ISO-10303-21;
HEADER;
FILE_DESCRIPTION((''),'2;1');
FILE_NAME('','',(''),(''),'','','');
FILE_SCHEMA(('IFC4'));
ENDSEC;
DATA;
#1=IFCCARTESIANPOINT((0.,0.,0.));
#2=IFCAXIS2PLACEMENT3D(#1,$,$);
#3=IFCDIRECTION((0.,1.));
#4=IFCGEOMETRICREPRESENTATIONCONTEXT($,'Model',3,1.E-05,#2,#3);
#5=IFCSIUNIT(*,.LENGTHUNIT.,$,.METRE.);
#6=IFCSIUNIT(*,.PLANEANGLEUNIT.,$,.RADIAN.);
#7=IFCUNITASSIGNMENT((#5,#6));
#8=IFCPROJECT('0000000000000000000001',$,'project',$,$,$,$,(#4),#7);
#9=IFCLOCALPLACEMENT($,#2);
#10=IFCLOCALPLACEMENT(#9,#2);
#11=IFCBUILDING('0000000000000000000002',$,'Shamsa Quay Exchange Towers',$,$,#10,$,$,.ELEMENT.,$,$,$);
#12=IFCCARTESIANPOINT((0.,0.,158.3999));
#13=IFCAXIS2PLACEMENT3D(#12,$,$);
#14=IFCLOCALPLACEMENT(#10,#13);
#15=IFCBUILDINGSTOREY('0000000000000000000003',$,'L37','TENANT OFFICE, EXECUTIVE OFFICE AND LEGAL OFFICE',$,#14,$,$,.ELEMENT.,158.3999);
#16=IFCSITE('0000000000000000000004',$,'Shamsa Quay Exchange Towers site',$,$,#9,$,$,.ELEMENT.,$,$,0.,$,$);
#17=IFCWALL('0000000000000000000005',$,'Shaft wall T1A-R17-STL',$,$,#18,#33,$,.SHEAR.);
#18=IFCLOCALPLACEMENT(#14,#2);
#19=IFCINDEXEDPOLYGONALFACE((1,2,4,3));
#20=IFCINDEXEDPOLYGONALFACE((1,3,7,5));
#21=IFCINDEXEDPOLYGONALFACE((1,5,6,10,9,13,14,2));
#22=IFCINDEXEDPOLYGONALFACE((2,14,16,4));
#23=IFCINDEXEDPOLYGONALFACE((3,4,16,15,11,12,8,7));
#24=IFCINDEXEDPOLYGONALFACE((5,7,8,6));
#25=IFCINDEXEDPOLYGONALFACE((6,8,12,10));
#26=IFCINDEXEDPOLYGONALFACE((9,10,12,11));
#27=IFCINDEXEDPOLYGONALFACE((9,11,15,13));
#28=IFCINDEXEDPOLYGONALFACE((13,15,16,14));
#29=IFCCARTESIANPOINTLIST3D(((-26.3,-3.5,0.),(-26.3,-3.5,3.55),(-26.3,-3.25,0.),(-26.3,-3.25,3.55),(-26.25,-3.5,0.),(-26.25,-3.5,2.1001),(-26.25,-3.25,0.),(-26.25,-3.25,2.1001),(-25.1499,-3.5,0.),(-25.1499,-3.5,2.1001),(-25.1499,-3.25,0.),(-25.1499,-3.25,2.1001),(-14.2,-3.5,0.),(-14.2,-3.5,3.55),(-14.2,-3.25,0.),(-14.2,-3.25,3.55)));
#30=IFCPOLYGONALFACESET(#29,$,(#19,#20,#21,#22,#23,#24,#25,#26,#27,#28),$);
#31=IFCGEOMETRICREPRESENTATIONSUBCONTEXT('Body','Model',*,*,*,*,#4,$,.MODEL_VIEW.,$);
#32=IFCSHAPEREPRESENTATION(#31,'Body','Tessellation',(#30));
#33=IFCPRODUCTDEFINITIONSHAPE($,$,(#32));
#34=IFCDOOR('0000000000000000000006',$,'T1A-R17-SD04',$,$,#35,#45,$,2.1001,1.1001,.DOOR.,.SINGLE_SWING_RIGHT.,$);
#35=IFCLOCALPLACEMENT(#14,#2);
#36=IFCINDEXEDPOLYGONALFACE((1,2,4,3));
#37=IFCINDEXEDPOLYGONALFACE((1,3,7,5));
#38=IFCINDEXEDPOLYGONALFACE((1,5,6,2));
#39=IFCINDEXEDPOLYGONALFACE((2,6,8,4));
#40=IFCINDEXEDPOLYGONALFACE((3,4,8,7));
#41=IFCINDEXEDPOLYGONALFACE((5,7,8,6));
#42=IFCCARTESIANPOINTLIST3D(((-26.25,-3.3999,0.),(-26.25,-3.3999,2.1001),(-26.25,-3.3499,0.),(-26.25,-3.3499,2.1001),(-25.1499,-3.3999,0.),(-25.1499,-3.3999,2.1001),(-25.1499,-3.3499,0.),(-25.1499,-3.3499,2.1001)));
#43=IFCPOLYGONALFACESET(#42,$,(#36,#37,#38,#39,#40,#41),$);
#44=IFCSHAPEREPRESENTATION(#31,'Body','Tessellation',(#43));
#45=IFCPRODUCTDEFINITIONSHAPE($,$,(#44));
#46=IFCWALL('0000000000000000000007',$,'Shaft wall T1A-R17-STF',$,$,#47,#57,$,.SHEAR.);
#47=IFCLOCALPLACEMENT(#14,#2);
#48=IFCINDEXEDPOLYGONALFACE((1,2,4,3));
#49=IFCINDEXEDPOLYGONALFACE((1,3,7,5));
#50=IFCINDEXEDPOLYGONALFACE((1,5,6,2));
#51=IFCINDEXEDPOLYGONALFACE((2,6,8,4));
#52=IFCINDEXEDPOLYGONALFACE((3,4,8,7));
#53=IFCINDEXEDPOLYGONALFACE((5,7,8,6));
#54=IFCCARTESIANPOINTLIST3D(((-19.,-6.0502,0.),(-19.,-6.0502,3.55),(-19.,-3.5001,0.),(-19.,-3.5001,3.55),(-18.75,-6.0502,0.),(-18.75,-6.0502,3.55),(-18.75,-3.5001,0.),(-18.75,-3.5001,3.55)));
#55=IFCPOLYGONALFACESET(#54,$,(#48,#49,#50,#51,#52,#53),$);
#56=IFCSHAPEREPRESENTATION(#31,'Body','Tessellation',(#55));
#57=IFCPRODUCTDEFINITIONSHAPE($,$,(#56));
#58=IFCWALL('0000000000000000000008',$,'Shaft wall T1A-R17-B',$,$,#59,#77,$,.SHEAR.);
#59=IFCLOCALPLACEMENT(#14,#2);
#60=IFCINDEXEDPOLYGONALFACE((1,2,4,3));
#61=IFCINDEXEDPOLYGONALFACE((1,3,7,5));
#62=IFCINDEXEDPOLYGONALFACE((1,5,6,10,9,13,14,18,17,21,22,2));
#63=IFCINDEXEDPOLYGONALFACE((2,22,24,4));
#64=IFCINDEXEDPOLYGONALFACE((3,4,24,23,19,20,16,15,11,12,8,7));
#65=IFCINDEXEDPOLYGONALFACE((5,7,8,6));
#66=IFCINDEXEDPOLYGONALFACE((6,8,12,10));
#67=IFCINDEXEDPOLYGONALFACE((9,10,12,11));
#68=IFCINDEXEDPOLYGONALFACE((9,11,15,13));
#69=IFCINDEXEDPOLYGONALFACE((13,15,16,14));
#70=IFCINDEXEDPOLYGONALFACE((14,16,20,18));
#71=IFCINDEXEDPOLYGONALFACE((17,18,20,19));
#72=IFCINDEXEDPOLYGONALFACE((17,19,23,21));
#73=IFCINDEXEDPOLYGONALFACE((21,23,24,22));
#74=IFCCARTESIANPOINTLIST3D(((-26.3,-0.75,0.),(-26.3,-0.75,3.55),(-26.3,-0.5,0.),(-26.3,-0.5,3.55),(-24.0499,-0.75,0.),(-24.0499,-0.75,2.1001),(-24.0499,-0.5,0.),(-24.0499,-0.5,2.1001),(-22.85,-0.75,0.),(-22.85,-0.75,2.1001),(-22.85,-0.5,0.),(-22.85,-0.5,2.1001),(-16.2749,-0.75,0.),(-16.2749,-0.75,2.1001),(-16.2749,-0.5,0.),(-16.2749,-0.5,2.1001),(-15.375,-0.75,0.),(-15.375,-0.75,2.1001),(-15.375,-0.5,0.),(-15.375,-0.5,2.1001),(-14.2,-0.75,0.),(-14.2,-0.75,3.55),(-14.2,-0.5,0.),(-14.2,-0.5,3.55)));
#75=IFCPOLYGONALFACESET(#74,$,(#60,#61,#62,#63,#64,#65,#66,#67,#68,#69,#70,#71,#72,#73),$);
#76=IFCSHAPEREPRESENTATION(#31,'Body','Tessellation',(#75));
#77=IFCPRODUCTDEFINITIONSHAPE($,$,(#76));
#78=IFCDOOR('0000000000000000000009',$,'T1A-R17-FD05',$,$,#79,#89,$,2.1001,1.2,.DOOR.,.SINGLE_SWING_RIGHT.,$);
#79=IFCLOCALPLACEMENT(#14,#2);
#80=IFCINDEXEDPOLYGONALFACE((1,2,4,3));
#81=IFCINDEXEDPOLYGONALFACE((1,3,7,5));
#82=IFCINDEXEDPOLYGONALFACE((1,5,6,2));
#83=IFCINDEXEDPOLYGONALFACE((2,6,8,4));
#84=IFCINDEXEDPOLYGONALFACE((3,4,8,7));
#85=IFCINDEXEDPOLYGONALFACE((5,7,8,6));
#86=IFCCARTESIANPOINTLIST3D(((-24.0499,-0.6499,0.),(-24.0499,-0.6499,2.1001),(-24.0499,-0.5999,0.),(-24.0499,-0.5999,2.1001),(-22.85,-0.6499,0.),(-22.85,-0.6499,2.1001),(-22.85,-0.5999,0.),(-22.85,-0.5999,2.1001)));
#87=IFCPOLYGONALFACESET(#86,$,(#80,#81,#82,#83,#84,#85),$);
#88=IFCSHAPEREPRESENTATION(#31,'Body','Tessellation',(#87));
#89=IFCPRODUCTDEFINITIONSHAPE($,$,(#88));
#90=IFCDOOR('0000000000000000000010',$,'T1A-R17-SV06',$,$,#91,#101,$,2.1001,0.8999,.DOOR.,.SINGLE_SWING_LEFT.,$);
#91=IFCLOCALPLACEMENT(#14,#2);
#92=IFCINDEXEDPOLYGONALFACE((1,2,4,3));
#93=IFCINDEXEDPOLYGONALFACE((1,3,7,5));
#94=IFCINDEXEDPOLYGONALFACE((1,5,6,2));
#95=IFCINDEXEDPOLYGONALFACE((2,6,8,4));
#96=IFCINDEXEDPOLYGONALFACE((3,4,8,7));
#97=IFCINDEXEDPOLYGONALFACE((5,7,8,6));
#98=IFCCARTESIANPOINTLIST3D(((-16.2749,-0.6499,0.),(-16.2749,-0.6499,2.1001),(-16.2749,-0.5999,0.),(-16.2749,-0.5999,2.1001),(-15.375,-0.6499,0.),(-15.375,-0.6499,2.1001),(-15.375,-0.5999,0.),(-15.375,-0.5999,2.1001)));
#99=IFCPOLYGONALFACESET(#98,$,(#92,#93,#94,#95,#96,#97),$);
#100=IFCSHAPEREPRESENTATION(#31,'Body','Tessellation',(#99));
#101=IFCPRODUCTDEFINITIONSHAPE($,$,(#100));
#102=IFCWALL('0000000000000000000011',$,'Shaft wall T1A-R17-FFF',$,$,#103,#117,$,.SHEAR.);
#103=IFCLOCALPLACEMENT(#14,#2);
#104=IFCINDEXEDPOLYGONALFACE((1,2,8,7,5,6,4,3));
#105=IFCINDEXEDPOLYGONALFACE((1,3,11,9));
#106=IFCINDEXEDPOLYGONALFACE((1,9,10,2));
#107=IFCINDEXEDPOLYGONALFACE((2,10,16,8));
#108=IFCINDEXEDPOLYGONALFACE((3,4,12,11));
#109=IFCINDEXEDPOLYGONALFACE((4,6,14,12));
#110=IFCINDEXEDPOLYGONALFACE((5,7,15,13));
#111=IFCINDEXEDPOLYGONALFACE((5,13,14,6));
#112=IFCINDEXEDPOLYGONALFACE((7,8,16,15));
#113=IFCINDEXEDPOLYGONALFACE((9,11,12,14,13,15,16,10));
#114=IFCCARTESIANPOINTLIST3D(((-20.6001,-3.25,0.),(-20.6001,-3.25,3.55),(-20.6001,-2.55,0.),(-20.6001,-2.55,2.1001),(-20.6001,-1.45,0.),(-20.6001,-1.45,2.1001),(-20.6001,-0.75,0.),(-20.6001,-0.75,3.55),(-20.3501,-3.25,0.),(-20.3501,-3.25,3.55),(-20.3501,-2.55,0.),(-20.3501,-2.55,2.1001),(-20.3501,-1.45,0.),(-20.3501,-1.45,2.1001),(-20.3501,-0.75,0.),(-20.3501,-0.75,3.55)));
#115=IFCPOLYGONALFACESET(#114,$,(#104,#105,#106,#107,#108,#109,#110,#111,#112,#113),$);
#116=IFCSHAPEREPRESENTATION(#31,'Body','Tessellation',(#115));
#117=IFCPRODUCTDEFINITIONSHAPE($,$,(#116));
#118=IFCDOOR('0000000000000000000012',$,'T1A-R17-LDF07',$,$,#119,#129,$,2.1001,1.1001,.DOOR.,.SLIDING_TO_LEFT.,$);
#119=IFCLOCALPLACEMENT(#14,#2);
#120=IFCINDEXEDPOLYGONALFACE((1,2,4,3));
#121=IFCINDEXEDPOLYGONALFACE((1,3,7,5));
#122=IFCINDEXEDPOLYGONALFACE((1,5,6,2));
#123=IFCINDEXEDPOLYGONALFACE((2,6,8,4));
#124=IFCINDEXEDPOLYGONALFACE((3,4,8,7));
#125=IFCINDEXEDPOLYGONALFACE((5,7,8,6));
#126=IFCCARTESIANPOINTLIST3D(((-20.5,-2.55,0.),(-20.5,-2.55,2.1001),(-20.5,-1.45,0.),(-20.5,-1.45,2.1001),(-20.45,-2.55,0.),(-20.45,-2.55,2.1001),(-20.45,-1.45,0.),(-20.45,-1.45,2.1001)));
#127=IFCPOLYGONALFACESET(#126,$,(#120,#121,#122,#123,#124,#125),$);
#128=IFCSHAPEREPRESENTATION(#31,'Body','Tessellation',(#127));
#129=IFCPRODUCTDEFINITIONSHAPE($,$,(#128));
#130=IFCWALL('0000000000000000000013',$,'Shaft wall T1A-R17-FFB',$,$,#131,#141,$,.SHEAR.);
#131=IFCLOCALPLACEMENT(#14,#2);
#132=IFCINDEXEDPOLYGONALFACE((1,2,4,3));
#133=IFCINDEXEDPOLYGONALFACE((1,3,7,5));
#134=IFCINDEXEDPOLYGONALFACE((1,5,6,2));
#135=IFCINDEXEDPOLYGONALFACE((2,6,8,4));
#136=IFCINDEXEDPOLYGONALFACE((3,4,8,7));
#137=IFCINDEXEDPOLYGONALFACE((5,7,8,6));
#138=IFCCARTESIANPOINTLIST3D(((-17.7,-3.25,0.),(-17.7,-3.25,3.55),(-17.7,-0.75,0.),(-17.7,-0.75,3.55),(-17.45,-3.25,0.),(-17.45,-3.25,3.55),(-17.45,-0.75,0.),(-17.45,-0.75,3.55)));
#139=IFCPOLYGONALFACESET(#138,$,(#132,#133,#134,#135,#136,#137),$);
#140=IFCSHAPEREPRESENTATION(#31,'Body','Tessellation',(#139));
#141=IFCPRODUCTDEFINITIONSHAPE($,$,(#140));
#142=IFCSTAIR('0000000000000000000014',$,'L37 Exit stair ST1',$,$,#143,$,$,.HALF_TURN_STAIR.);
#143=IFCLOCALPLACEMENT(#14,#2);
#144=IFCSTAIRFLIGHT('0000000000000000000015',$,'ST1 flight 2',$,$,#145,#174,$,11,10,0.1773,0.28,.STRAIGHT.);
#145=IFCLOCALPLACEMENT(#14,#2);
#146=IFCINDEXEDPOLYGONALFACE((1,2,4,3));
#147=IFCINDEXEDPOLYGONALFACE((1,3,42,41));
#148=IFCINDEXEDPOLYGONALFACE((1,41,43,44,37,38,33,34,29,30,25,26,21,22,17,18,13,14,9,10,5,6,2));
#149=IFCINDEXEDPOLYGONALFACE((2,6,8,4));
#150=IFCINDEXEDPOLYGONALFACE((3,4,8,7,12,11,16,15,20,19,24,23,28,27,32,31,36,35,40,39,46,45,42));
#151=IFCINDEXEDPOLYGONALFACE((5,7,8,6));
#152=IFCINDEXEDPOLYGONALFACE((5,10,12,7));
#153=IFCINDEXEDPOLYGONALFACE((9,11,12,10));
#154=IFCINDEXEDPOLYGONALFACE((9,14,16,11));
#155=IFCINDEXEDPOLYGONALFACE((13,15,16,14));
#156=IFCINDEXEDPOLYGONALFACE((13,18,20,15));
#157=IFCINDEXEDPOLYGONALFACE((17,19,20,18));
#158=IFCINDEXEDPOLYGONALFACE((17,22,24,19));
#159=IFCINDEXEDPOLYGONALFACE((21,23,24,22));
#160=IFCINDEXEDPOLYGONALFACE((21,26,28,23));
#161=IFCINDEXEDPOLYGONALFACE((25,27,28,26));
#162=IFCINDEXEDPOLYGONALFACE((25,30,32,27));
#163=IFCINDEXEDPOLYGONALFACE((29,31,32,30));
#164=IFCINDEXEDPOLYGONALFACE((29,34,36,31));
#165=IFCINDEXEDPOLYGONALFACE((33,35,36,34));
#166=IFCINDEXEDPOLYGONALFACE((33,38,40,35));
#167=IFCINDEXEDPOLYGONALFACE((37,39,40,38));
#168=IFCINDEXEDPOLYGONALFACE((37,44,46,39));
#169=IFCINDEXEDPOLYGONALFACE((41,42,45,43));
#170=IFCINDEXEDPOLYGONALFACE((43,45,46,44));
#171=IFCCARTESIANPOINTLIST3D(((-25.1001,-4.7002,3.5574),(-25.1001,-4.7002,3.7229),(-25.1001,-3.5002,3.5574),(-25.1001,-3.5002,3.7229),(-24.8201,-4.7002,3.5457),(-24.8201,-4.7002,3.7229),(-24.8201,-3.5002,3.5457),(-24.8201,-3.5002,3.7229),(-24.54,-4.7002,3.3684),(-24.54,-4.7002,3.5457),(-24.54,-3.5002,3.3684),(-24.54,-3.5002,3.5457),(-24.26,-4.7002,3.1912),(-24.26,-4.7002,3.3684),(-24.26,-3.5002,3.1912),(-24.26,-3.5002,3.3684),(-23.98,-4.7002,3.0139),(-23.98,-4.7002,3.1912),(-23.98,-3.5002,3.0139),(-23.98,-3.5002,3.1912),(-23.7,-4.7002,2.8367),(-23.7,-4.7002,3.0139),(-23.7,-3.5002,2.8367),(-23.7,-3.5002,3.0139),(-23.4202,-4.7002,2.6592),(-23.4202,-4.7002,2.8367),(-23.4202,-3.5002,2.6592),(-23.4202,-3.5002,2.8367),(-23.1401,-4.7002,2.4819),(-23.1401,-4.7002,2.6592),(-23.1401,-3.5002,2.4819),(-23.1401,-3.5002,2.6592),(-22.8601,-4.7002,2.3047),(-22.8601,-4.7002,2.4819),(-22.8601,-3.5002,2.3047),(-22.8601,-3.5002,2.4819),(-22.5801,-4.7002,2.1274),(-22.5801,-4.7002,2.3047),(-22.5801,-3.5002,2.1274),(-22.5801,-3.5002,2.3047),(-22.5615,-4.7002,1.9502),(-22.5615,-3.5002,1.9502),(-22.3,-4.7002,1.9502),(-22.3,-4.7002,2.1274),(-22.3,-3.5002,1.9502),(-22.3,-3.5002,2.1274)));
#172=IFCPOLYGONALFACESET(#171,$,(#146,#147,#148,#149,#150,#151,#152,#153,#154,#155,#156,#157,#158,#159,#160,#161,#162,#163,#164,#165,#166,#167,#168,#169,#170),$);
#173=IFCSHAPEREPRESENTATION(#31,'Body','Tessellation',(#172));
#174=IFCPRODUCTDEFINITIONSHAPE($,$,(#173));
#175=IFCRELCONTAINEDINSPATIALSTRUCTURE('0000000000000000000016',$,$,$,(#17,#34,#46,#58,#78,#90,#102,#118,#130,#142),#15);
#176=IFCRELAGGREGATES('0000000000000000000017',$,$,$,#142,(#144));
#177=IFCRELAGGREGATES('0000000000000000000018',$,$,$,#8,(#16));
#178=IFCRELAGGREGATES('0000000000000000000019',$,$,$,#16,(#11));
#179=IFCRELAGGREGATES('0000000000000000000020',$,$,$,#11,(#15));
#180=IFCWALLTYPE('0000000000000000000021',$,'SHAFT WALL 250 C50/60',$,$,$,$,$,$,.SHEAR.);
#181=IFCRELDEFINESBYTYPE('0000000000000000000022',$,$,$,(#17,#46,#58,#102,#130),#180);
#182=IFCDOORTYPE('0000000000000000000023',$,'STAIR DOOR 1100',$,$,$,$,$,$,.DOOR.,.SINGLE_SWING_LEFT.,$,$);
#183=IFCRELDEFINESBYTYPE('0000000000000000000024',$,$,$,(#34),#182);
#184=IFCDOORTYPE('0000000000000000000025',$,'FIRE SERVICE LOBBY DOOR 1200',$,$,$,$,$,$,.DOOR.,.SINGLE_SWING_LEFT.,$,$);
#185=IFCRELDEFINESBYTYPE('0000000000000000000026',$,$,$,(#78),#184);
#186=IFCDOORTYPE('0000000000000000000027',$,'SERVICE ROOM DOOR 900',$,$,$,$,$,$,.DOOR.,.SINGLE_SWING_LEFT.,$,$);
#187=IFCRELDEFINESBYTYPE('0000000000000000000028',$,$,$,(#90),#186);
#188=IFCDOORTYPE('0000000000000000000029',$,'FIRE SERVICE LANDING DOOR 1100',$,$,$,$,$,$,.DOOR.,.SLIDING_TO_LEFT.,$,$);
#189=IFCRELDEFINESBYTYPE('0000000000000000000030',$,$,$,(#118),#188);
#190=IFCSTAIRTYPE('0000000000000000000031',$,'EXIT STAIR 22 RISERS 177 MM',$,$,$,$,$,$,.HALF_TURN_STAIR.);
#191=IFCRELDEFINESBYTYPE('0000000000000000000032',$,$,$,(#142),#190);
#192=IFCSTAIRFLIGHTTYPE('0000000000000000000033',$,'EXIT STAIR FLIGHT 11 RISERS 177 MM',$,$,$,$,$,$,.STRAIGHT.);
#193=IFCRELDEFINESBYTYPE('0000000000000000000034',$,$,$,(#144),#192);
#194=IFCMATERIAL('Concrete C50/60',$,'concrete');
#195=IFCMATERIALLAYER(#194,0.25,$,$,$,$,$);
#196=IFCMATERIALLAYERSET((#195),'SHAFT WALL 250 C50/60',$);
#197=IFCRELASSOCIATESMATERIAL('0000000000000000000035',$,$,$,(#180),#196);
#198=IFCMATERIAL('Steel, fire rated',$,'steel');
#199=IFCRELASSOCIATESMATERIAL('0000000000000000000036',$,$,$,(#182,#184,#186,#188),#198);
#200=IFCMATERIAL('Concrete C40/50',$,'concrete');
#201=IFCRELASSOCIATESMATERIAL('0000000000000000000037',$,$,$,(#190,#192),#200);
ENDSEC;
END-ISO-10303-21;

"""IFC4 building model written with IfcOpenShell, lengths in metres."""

from ifc_helpers import new_model, si_unit, direction, frame, frame_2d, origin, place, context, subcontext, project, spatial, polyline, rectangle, outline, extrude, material, layer, layer_set, type_object, element, fill, aggregate, save


model = new_model("IFC4")

# Units and contexts
model_context = context("Model", 3, precision=1e-05, world=origin(), true_north=direction((0.0, 1.0)))
body_context = subcontext(model_context, "Body", "Model", "MODEL_VIEW")
ifc_project = project(units=[si_unit("LENGTHUNIT", "METRE"), si_unit("PLANEANGLEUNIT", "RADIAN")], contexts=[model_context])

# Site, building, storey
site_placement = place(None, origin())
site = spatial("IfcSite", under=ifc_project, at=site_placement, Name="Shamsa Quay Exchange Towers site", CompositionType="ELEMENT", RefElevation=0.0)
building_placement = place(site_placement, origin())
building = spatial("IfcBuilding", under=site, at=building_placement, Name="Shamsa Quay Exchange Towers", CompositionType="ELEMENT")
storey_placement = place(building_placement, frame((0.0, 0.0, 158.3999)))
storey = spatial("IfcBuildingStorey", under=building, at=storey_placement, Name="L37", Description="TENANT OFFICE, EXECUTIVE OFFICE AND LEGAL OFFICE", CompositionType="ELEMENT", Elevation=158.3999)

# Shared definitions
ifc_material_1 = material(Name="Concrete C40/50", Category="concrete")

# Wall, opening, door
ifc_material_2 = material(Name="Concrete C50/60", Category="concrete")
ifc_layer_1 = layer(ifc_material_2, 0.25)
ifc_layer_set_1 = layer_set([ifc_layer_1], Name="SHAFT WALL 250 C50/60")
wall_type_1 = type_object("IfcWallType", Name="SHAFT WALL 250 C50/60", PredefinedType="SHEAR", material=ifc_layer_set_1)
wall_1_placement = place(storey_placement, frame((-14.2, -3.375, 0.0), z_axis=(0.0, 0.0, 1.0), x_axis=(-1.0, 0.0, 0.0)))
wall_1 = element("IfcWall", 1, at=wall_1_placement, inside=storey, type_object=wall_type_1, Name="Shaft wall T1A-R17-STL", PredefinedType="SHEAR", context=body_context, shape_type="SweptSolid", body=[
    extrude(rectangle(XDim=12.1001, YDim=0.25, at=frame_2d((6.05, 0.0))), origin(), (0.0, 0.0, 1.0), 3.55),
])
opening_1_placement = place(wall_1_placement, frame((10.95, 0.0, 0.0)))
opening_1 = element("IfcOpeningElement", 2, at=opening_1_placement, cuts=wall_1, PredefinedType="OPENING", context=body_context, shape_type="SweptSolid", body=[
    extrude(rectangle(XDim=1.1001, YDim=2.1001, at=frame_2d((0.55, 1.05))), frame((0.0, 0.135, 0.0), z_axis=(0.0, -1.0, 0.0), x_axis=(1.0, 0.0, 0.0)), (0.0, 0.0, 1.0), 0.27),
])
ifc_material_3 = material(Name="Steel, fire rated", Category="steel")
door_type_1 = type_object("IfcDoorType", Name="STAIR DOOR 1100", OperationType="SINGLE_SWING_LEFT", PredefinedType="DOOR", material=ifc_material_3)
door_1_placement = place(opening_1_placement, origin())
door_1 = element("IfcDoor", 3, at=door_1_placement, inside=storey, type_object=door_type_1, Name="T1A-R17-SD04", OperationType="SINGLE_SWING_RIGHT", OverallHeight=2.1001, OverallWidth=1.1001, PredefinedType="DOOR", context=body_context, shape_type="SweptSolid", body=[
    extrude(rectangle(XDim=1.1001, YDim=2.1001, at=frame_2d((0.55, 1.05))), frame((0.0, 0.0249, 0.0), z_axis=(0.0, -1.0, 0.0), x_axis=(1.0, 0.0, 0.0)), (0.0, 0.0, 1.0), 0.05),
])
fill(opening_1, door_1)

# Wall
wall_2_placement = place(storey_placement, frame((-18.875, -6.05, 0.0), z_axis=(0.0, 0.0, 1.0), x_axis=(0.0, 1.0, 0.0)))
element("IfcWall", 4, at=wall_2_placement, inside=storey, type_object=wall_type_1, Name="Shaft wall T1A-R17-STF", PredefinedType="SHEAR", context=body_context, shape_type="SweptSolid", body=[
    extrude(rectangle(XDim=2.55, YDim=0.25, at=frame_2d((1.2749, 0.0))), origin(), (0.0, 0.0, 1.0), 3.55),
])

# Wall, openings, doors
wall_3_placement = place(storey_placement, frame((-14.2, -0.625, 0.0), z_axis=(0.0, 0.0, 1.0), x_axis=(-1.0, 0.0, 0.0)))
wall_3 = element("IfcWall", 5, at=wall_3_placement, inside=storey, type_object=wall_type_1, Name="Shaft wall T1A-R17-B", PredefinedType="SHEAR", context=body_context, shape_type="SweptSolid", body=[
    extrude(rectangle(XDim=12.1001, YDim=0.25, at=frame_2d((6.05, 0.0))), origin(), (0.0, 0.0, 1.0), 3.55),
])
opening_2_placement = place(wall_3_placement, frame((8.6499, 0.0, 0.0)))
opening_2 = element("IfcOpeningElement", 6, at=opening_2_placement, cuts=wall_3, PredefinedType="OPENING", context=body_context, shape_type="SweptSolid", body=[
    extrude(rectangle(XDim=1.2, YDim=2.1001, at=frame_2d((0.6001, 1.05))), frame((0.0, 0.135, 0.0), z_axis=(0.0, -1.0, 0.0), x_axis=(1.0, 0.0, 0.0)), (0.0, 0.0, 1.0), 0.27),
])
opening_3_placement = place(wall_3_placement, frame((1.175, 0.0, 0.0)))
opening_3 = element("IfcOpeningElement", 7, at=opening_3_placement, cuts=wall_3, PredefinedType="OPENING", context=body_context, shape_type="SweptSolid", body=[
    extrude(rectangle(XDim=0.8999, YDim=2.1001, at=frame_2d((0.45, 1.05))), frame((0.0, 0.135, 0.0), z_axis=(0.0, -1.0, 0.0), x_axis=(1.0, 0.0, 0.0)), (0.0, 0.0, 1.0), 0.27),
])
door_type_2 = type_object("IfcDoorType", Name="FIRE SERVICE LOBBY DOOR 1200", OperationType="SINGLE_SWING_LEFT", PredefinedType="DOOR", material=ifc_material_3)
door_2_placement = place(opening_2_placement, origin())
door_2 = element("IfcDoor", 8, at=door_2_placement, inside=storey, type_object=door_type_2, Name="T1A-R17-FD05", OperationType="SINGLE_SWING_RIGHT", OverallHeight=2.1001, OverallWidth=1.2, PredefinedType="DOOR", context=body_context, shape_type="SweptSolid", body=[
    extrude(rectangle(XDim=1.2, YDim=2.1001, at=frame_2d((0.6001, 1.05))), frame((0.0, 0.0249, 0.0), z_axis=(0.0, -1.0, 0.0), x_axis=(1.0, 0.0, 0.0)), (0.0, 0.0, 1.0), 0.05),
])
fill(opening_2, door_2)
door_type_3 = type_object("IfcDoorType", Name="SERVICE ROOM DOOR 900", OperationType="SINGLE_SWING_LEFT", PredefinedType="DOOR", material=ifc_material_3)
door_3_placement = place(opening_3_placement, origin())
door_3 = element("IfcDoor", 9, at=door_3_placement, inside=storey, type_object=door_type_3, Name="T1A-R17-SV06", OperationType="SINGLE_SWING_LEFT", OverallHeight=2.1001, OverallWidth=0.8999, PredefinedType="DOOR", context=body_context, shape_type="SweptSolid", body=[
    extrude(rectangle(XDim=0.8999, YDim=2.1001, at=frame_2d((0.45, 1.05))), frame((0.0, 0.0249, 0.0), z_axis=(0.0, -1.0, 0.0), x_axis=(1.0, 0.0, 0.0)), (0.0, 0.0, 1.0), 0.05),
])
fill(opening_3, door_3)

# Wall, opening, door
wall_4_placement = place(storey_placement, frame((-20.4751, -3.25, 0.0), z_axis=(0.0, 0.0, 1.0), x_axis=(0.0, 1.0, 0.0)))
wall_4 = element("IfcWall", 10, at=wall_4_placement, inside=storey, type_object=wall_type_1, Name="Shaft wall T1A-R17-FFF", PredefinedType="SHEAR", context=body_context, shape_type="SweptSolid", body=[
    extrude(rectangle(XDim=2.5, YDim=0.25, at=frame_2d((1.25, 0.0))), origin(), (0.0, 0.0, 1.0), 3.55),
])
opening_4_placement = place(wall_4_placement, frame((0.7, 0.0, 0.0)))
opening_4 = element("IfcOpeningElement", 11, at=opening_4_placement, cuts=wall_4, PredefinedType="OPENING", context=body_context, shape_type="SweptSolid", body=[
    extrude(rectangle(XDim=1.1001, YDim=2.1001, at=frame_2d((0.55, 1.05))), frame((0.0, 0.135, 0.0), z_axis=(0.0, -1.0, 0.0), x_axis=(1.0, 0.0, 0.0)), (0.0, 0.0, 1.0), 0.27),
])
door_type_4 = type_object("IfcDoorType", Name="FIRE SERVICE LANDING DOOR 1100", OperationType="SLIDING_TO_LEFT", PredefinedType="DOOR", material=ifc_material_3)
door_4_placement = place(opening_4_placement, origin())
door_4 = element("IfcDoor", 12, at=door_4_placement, inside=storey, type_object=door_type_4, Name="T1A-R17-LDF07", OperationType="SLIDING_TO_LEFT", OverallHeight=2.1001, OverallWidth=1.1001, PredefinedType="DOOR", context=body_context, shape_type="SweptSolid", body=[
    extrude(rectangle(XDim=1.1001, YDim=2.1001, at=frame_2d((0.55, 1.05))), frame((0.0, 0.0249, 0.0), z_axis=(0.0, -1.0, 0.0), x_axis=(1.0, 0.0, 0.0)), (0.0, 0.0, 1.0), 0.05),
])
fill(opening_4, door_4)

# Wall
wall_5_placement = place(storey_placement, frame((-17.575, -3.25, 0.0), z_axis=(0.0, 0.0, 1.0), x_axis=(0.0, 1.0, 0.0)))
element("IfcWall", 13, at=wall_5_placement, inside=storey, type_object=wall_type_1, Name="Shaft wall T1A-R17-FFB", PredefinedType="SHEAR", context=body_context, shape_type="SweptSolid", body=[
    extrude(rectangle(XDim=2.5, YDim=0.25, at=frame_2d((1.25, 0.0))), origin(), (0.0, 0.0, 1.0), 3.55),
])

# Stair, stair flight
stair_type = type_object("IfcStairType", Name="EXIT STAIR 22 RISERS 177 MM", PredefinedType="HALF_TURN_STAIR", material=ifc_material_1)
stair_placement = place(storey_placement, origin())
stair = element("IfcStair", 14, at=stair_placement, inside=storey, type_object=stair_type, Name="L37 Exit stair ST1", PredefinedType="HALF_TURN_STAIR")
stair_flight_type = type_object("IfcStairFlightType", Name="EXIT STAIR FLIGHT 11 RISERS 177 MM", PredefinedType="STRAIGHT", material=ifc_material_1)
stair_flight_placement = place(storey_placement, frame((-22.3, -4.1001, 1.9502), z_axis=(0.0, 0.0, 1.0), x_axis=(-1.0, 0.0, 0.0)))
stair_flight = element("IfcStairFlight", 15, at=stair_flight_placement, type_object=stair_flight_type, Name="ST1 flight 2", NumberOfRisers=11, NumberOfTreads=10, PredefinedType="STRAIGHT", RiserHeight=0.1773, TreadLength=0.28, context=body_context, shape_type="SweptSolid", body=[
    extrude(outline(polyline([(0.0, 0.0), (0.0, 0.1772), (0.28, 0.1772), (0.28, 0.3545), (0.5601, 0.3545), (0.5601, 0.5317), (0.8401, 0.5317), (0.8401, 0.709), (1.1201, 0.709), (1.1201, 0.8865), (1.3999, 0.8865), (1.3999, 1.0637), (1.6799, 1.0637), (1.6799, 1.241), (1.96, 1.241), (1.96, 1.4182), (2.24, 1.4182), (2.24, 1.5955), (2.52, 1.5955), (2.52, 1.7727), (2.8, 1.7727), (2.8, 1.95), (2.8, 1.6072), (0.2615, 0.0), (0.0, 0.0)])), frame((0.0, 0.6001, 0.0), z_axis=(0.0, -1.0, 0.0), x_axis=(1.0, 0.0, 0.0)), (0.0, 0.0, 1.0), 1.2),
])
aggregate(stair, [stair_flight])

save(model, "model.ifc")
